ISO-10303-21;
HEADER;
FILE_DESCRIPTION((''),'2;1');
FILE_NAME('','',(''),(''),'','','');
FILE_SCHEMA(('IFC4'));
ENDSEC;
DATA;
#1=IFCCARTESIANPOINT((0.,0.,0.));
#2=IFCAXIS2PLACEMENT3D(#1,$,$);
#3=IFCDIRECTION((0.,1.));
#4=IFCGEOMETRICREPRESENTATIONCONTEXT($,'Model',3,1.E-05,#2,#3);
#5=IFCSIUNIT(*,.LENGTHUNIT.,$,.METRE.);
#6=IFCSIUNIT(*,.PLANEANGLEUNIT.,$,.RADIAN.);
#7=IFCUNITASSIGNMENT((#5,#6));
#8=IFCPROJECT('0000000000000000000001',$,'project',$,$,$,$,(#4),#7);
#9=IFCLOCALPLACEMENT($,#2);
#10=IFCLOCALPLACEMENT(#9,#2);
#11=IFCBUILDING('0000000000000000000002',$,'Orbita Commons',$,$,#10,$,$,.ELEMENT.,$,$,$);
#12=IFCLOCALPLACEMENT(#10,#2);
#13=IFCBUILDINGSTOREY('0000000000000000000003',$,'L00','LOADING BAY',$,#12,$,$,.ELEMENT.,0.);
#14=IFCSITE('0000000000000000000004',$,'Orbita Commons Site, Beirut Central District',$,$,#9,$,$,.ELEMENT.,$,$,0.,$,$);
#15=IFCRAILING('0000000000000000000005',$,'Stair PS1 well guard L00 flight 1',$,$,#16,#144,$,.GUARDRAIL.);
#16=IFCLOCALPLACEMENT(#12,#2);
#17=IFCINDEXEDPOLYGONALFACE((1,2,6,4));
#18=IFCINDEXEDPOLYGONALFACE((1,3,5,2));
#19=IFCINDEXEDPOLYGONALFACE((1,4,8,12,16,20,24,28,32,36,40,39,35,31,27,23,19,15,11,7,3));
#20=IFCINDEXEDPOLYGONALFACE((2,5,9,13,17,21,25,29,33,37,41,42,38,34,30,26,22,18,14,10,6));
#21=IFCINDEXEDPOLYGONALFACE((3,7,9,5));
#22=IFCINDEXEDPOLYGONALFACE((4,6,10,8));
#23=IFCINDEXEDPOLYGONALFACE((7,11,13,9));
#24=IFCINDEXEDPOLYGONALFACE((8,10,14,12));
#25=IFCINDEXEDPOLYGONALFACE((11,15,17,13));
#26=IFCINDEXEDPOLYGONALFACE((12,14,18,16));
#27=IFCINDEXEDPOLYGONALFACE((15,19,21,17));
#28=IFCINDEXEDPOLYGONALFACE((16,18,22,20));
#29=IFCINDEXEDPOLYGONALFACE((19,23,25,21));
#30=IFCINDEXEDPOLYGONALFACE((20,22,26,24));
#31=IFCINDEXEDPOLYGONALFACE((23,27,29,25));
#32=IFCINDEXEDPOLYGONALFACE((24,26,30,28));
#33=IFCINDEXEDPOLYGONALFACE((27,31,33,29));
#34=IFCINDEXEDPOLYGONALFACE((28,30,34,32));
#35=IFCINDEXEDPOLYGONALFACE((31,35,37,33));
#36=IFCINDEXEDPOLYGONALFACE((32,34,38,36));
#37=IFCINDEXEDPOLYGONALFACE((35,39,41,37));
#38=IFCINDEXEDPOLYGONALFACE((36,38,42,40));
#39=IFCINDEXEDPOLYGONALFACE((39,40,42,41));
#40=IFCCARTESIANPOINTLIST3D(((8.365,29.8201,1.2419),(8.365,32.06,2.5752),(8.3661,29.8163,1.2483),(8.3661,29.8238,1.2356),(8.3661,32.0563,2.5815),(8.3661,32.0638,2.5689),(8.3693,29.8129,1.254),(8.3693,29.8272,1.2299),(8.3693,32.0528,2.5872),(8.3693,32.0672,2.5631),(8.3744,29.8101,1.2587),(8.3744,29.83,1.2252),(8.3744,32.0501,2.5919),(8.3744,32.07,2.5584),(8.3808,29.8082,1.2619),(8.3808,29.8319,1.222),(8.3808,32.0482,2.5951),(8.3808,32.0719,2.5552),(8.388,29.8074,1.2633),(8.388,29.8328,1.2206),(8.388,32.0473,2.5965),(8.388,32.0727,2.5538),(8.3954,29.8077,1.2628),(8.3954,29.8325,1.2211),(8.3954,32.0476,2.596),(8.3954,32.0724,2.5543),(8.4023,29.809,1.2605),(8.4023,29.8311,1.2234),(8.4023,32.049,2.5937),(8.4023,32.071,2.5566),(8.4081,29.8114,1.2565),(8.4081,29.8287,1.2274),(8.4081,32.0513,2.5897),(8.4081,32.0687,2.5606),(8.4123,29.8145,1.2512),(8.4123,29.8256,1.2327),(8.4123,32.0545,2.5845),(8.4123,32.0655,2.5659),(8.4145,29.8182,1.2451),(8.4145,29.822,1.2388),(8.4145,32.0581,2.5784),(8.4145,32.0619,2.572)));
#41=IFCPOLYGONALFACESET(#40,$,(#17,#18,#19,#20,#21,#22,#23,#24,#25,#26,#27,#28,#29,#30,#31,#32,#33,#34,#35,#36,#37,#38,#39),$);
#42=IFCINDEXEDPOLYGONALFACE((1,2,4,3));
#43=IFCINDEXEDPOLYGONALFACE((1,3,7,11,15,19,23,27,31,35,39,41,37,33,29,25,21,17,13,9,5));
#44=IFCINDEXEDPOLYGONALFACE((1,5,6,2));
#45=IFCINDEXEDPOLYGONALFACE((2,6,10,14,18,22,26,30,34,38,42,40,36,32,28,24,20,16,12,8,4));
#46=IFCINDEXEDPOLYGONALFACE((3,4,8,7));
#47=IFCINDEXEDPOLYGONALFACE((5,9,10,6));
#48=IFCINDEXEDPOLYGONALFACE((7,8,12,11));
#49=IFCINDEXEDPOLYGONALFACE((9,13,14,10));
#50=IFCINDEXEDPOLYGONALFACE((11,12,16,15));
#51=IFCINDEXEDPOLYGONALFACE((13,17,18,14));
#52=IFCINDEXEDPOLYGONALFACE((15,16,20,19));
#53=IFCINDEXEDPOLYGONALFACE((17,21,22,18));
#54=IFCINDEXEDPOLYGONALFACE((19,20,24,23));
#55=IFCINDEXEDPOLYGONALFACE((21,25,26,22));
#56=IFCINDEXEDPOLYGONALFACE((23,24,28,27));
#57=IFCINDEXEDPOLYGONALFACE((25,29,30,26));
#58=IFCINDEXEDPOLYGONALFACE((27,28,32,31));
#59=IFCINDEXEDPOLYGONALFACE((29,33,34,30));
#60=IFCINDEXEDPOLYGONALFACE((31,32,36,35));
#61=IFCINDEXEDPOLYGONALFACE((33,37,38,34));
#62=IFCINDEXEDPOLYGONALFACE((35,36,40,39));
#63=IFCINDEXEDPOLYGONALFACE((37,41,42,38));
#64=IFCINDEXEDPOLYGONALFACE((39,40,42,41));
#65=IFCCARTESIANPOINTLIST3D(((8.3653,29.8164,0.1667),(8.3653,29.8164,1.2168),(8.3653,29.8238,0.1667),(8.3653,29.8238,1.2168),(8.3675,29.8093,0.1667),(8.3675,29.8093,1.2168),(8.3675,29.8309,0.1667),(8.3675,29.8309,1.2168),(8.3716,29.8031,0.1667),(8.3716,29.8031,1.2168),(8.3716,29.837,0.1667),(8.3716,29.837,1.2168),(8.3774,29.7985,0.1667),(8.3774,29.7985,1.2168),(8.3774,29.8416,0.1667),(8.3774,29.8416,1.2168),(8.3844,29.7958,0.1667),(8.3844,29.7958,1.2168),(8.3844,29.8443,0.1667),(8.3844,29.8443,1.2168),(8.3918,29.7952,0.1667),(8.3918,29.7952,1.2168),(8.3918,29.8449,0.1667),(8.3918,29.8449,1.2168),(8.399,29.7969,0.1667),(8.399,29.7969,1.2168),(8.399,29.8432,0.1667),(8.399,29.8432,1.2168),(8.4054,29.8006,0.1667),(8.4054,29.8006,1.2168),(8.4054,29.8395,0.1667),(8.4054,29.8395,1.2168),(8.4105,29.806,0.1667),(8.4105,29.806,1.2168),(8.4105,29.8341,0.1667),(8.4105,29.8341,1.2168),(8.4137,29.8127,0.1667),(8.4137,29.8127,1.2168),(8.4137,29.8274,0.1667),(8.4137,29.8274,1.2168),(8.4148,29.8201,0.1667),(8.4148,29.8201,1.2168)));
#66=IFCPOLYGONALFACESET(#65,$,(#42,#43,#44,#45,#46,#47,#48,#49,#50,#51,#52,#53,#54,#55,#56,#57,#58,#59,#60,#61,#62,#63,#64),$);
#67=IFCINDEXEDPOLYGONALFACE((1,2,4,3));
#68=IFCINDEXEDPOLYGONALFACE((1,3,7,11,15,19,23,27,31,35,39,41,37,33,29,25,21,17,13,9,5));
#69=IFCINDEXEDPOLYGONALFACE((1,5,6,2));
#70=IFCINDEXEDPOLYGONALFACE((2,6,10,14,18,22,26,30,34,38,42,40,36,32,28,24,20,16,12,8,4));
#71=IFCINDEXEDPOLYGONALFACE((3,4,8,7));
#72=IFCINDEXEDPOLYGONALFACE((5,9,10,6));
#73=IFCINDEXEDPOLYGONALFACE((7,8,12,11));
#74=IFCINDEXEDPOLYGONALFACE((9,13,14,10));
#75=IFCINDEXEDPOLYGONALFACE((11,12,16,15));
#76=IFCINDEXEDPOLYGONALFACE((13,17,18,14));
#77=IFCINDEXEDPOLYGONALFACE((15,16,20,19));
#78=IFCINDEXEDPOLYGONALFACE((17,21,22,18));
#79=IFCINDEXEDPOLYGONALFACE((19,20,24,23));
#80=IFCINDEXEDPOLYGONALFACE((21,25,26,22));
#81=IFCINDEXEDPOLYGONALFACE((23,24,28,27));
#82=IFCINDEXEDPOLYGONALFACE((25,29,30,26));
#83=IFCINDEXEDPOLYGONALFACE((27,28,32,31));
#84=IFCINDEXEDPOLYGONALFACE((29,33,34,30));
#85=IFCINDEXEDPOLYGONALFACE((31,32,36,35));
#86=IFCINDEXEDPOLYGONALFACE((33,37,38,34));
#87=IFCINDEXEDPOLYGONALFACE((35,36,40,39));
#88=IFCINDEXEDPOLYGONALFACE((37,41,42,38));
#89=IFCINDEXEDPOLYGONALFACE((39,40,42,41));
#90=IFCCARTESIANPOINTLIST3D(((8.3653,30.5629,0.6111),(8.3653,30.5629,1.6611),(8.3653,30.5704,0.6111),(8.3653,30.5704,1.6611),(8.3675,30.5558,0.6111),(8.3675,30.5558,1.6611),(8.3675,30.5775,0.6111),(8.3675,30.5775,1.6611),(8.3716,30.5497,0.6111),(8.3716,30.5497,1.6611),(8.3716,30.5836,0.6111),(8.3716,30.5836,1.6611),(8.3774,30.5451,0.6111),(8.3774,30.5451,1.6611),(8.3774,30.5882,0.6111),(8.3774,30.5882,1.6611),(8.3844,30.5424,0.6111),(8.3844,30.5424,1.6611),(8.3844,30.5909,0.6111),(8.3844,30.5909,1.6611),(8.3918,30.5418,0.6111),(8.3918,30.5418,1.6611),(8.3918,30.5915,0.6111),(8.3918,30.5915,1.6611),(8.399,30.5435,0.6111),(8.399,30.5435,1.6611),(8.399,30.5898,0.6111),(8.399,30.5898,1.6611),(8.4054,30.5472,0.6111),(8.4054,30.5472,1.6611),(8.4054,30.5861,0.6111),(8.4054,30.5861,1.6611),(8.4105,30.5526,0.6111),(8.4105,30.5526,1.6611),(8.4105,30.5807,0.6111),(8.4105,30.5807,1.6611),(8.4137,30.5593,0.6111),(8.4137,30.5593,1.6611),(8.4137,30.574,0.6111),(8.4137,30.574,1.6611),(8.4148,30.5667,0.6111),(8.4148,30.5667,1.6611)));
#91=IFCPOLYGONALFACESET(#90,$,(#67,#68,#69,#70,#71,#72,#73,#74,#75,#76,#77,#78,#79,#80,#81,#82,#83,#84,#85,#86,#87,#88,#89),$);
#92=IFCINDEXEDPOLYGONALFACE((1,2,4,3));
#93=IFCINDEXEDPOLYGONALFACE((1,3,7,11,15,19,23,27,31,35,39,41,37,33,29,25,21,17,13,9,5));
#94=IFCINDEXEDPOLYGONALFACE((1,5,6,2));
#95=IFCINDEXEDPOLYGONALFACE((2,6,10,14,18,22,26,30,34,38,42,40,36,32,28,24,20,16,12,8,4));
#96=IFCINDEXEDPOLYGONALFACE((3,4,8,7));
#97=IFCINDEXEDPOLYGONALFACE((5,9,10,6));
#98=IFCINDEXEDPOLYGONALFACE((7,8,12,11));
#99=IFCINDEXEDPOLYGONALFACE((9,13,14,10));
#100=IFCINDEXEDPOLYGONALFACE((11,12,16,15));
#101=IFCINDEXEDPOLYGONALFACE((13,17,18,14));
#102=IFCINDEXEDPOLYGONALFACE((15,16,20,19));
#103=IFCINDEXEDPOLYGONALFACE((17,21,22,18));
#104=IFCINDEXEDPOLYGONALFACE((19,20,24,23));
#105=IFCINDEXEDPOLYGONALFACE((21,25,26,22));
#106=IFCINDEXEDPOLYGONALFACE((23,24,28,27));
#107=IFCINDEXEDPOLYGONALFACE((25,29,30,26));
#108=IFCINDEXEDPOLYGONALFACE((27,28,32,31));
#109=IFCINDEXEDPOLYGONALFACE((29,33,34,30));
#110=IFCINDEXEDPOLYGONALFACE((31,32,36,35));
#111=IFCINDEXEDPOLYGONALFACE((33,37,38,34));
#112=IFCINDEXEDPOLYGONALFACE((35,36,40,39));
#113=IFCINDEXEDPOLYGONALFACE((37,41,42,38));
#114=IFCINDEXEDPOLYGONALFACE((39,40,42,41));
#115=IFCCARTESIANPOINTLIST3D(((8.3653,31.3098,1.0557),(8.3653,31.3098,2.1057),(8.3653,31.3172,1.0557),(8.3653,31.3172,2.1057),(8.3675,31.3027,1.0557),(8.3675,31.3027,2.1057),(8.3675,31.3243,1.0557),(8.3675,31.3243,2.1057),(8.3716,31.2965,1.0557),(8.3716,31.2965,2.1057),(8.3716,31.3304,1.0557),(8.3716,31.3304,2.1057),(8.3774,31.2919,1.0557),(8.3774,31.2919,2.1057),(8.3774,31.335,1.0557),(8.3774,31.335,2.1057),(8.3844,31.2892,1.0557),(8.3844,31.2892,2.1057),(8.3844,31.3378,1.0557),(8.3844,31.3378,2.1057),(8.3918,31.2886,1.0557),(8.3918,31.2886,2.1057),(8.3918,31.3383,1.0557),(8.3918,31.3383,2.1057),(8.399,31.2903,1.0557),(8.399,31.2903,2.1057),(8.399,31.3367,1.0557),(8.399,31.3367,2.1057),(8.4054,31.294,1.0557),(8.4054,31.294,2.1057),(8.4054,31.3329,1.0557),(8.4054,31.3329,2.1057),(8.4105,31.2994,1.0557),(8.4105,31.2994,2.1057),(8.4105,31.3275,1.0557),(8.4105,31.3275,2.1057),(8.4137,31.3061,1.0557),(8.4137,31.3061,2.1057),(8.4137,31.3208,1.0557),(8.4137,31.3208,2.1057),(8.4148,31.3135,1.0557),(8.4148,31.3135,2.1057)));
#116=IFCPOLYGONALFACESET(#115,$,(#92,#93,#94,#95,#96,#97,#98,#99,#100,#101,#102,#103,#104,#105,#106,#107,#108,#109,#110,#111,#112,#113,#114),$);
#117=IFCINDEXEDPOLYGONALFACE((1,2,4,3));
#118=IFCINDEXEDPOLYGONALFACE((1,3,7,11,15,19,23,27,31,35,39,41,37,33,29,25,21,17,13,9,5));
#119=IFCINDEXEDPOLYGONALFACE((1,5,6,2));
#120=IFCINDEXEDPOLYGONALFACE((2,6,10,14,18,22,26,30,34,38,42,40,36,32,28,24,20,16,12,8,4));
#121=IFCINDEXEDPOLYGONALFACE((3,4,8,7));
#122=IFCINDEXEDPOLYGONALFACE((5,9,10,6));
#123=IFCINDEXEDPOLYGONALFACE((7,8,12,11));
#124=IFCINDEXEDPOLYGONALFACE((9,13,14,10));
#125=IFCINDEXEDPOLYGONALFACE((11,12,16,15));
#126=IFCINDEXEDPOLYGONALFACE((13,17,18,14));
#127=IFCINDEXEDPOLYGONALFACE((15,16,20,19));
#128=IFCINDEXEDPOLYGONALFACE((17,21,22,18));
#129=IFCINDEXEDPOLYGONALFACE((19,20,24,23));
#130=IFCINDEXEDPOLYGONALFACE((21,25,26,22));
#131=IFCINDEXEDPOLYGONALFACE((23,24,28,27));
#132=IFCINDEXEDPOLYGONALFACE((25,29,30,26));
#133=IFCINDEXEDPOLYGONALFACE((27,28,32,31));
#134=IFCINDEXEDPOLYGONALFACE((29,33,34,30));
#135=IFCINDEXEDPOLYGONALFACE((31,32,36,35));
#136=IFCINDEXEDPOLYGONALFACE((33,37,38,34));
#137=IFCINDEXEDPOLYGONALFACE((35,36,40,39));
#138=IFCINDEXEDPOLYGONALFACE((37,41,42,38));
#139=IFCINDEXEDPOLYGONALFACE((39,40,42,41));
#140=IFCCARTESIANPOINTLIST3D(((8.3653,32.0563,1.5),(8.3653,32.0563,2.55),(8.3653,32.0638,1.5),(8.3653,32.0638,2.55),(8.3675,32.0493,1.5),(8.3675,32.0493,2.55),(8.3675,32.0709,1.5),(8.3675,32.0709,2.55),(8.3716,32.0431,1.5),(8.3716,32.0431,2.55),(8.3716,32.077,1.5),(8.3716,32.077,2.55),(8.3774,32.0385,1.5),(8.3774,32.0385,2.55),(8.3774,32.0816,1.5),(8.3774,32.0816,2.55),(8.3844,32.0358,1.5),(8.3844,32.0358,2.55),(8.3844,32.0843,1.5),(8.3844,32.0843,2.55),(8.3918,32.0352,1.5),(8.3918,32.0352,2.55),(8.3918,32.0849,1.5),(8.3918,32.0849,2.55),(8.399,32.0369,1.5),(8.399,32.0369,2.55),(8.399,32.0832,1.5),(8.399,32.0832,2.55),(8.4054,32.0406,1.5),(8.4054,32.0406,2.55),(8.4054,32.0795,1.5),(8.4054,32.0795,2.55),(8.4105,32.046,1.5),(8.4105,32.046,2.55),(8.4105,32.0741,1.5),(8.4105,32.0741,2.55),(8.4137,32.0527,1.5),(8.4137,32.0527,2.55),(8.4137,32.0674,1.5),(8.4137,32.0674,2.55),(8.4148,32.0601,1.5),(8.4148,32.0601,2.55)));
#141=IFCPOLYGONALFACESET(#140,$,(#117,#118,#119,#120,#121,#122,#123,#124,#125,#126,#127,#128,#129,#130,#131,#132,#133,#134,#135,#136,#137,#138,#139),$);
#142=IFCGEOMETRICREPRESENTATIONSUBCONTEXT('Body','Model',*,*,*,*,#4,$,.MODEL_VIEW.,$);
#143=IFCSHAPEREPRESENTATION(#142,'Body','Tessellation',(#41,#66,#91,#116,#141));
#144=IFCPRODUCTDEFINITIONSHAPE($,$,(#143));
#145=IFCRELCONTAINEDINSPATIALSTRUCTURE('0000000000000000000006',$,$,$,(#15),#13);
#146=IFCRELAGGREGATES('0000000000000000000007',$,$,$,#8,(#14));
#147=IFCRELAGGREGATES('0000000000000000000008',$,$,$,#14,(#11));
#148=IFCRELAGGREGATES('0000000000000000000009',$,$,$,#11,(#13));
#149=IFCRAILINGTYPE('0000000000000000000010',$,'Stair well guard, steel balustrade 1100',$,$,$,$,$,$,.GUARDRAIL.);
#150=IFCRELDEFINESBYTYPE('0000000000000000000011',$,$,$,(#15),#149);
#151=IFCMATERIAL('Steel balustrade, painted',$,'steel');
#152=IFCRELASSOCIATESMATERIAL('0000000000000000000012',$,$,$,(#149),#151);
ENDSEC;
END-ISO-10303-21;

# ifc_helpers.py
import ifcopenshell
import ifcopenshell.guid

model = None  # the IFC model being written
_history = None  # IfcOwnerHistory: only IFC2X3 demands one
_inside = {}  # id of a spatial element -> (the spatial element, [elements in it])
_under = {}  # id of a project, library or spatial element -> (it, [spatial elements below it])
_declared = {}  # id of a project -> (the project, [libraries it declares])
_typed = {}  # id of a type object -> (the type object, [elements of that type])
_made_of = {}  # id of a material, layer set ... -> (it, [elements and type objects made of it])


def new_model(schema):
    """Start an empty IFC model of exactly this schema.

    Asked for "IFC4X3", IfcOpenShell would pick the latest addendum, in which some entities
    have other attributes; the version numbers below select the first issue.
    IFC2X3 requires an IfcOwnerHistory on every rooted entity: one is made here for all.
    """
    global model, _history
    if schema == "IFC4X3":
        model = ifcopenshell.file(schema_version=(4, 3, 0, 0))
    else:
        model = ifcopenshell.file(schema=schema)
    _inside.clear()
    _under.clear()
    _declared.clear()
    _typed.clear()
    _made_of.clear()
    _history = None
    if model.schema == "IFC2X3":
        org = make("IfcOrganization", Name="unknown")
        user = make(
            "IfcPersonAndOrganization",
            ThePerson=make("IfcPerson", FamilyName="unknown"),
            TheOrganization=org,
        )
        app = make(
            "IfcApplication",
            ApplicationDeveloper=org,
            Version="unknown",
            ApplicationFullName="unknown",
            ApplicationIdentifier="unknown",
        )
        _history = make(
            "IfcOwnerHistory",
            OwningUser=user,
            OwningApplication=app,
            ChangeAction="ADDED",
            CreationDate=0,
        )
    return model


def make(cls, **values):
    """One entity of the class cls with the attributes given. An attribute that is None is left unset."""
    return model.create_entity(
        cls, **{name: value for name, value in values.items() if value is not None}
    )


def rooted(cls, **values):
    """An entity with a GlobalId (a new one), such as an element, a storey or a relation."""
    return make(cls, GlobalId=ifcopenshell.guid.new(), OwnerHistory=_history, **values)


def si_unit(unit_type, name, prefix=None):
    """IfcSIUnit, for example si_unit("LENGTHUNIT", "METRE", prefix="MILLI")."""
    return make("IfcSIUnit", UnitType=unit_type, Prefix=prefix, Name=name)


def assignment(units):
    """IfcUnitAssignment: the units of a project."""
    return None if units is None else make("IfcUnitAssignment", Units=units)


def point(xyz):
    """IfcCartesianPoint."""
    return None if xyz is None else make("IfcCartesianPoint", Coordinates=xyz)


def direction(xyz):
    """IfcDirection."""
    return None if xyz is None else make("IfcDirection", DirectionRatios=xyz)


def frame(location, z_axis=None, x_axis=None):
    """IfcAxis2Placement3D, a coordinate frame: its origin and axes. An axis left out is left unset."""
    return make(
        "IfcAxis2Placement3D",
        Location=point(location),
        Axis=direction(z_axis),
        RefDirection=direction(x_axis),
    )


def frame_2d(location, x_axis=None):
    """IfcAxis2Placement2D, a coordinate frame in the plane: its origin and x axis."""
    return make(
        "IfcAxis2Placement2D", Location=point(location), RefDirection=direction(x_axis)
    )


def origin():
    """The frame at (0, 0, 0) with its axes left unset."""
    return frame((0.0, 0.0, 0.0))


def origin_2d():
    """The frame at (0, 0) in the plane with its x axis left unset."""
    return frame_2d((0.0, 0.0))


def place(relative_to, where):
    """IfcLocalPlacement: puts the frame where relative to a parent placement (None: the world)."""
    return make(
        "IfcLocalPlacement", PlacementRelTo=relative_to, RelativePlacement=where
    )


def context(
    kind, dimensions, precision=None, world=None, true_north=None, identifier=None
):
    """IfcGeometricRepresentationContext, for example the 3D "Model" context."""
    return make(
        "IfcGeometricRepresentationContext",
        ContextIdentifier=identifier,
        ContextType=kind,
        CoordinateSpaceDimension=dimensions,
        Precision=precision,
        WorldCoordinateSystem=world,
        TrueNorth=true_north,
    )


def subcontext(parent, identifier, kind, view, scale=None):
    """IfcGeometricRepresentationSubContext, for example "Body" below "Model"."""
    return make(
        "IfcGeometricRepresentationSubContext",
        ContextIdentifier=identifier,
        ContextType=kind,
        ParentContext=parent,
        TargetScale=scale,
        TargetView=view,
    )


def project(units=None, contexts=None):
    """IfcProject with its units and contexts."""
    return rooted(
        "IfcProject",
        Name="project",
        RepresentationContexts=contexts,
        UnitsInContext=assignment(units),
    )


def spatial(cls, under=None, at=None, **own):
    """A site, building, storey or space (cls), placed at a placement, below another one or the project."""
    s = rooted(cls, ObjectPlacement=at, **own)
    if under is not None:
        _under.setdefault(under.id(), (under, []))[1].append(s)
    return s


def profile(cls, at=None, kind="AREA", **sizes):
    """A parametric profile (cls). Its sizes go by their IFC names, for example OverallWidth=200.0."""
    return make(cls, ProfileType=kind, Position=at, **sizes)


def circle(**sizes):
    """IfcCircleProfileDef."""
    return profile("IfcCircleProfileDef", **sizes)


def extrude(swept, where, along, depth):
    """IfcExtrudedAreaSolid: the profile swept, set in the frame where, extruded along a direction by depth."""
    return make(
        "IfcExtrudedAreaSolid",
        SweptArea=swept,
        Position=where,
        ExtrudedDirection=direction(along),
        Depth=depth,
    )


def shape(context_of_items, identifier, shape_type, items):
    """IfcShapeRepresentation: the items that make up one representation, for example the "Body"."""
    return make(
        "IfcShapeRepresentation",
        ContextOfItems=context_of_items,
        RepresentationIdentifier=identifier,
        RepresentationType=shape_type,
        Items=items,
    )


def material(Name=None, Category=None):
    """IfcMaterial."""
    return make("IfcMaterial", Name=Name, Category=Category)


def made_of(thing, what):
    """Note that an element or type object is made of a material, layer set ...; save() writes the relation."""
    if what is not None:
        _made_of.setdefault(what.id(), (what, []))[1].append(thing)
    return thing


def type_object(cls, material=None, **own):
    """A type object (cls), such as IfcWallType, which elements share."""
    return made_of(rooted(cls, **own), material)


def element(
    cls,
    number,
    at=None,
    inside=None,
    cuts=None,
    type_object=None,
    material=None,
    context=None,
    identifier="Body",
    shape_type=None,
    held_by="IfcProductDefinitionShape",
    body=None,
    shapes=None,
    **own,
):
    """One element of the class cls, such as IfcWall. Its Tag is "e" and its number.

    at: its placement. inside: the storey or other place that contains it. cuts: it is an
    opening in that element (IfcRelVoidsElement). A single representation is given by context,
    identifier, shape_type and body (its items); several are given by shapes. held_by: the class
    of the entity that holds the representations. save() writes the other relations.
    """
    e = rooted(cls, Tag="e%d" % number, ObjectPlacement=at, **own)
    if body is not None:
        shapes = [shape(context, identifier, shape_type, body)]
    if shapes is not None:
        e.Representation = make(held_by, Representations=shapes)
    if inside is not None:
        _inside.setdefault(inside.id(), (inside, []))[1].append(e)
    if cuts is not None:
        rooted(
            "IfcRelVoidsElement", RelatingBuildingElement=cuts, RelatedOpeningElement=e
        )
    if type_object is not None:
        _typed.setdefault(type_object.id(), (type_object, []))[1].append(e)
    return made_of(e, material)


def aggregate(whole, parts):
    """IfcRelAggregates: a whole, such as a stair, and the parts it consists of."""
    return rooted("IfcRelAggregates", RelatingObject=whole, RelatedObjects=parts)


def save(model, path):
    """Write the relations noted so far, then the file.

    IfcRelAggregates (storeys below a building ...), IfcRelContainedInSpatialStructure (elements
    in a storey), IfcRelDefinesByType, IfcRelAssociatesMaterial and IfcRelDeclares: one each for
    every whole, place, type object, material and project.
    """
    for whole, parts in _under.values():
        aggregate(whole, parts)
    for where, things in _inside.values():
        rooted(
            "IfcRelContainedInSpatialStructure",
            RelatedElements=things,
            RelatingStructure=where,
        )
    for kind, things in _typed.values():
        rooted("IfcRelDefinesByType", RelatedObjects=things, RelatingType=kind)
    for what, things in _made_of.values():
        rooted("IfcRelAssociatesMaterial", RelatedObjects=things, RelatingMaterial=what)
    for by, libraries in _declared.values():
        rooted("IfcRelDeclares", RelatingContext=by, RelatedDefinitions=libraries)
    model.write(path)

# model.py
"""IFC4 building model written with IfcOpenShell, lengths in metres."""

from ifc_helpers import new_model, si_unit, direction, frame, origin, origin_2d, place, context, subcontext, project, spatial, circle, extrude, material, type_object, element, save


model = new_model("IFC4")

# Units and contexts
model_context = context("Model", 3, precision=1e-05, world=origin(), true_north=direction((0.0, 1.0)))
body_context = subcontext(model_context, "Body", "Model", "MODEL_VIEW")
ifc_project = project(units=[si_unit("LENGTHUNIT", "METRE"), si_unit("PLANEANGLEUNIT", "RADIAN")], contexts=[model_context])

# Site, building, storey
site_placement = place(None, origin())
site = spatial("IfcSite", under=ifc_project, at=site_placement, Name="Orbita Commons Site, Beirut Central District", CompositionType="ELEMENT", RefElevation=0.0)
building_placement = place(site_placement, origin())
building = spatial("IfcBuilding", under=site, at=building_placement, Name="Orbita Commons", CompositionType="ELEMENT")
storey_placement = place(building_placement, origin())
storey = spatial("IfcBuildingStorey", under=building, at=storey_placement, Name="L00", Description="LOADING BAY", CompositionType="ELEMENT", Elevation=0.0)

# Railing
ifc_material_1 = material(Name="Steel balustrade, painted", Category="steel")
railing_type_1 = type_object("IfcRailingType", Name="Stair well guard, steel balustrade 1100", PredefinedType="GUARDRAIL", material=ifc_material_1)
railing_1_placement = place(storey_placement, frame((8.3899, 29.8201, 0.1667)))
element("IfcRailing", 1, at=railing_1_placement, inside=storey, type_object=railing_type_1, Name="Stair PS1 well guard L00 flight 1", PredefinedType="GUARDRAIL", context=body_context, shape_type="SweptSolid", body=[
    extrude(circle(Radius=0.0249, at=origin_2d()), frame((0.0, 0.0, 1.0752), z_axis=(0.0, 0.859306, 0.511462), x_axis=(-1.0, 0.0, 0.0)), (0.0, 0.0, 1.0), 2.6067),
    extrude(circle(Radius=0.0249, at=origin_2d()), origin(), (0.0, 0.0, 1.0), 1.05),
    extrude(circle(Radius=0.0249, at=origin_2d()), frame((0.0, 0.7466, 0.4443)), (0.0, 0.0, 1.0), 1.05),
    extrude(circle(Radius=0.0249, at=origin_2d()), frame((0.0, 1.4934, 0.8889)), (0.0, 0.0, 1.0), 1.05),
    extrude(circle(Radius=0.0249, at=origin_2d()), frame((0.0, 2.24, 1.3333)), (0.0, 0.0, 1.0), 1.05),
])

save(model, "model.ifc")
